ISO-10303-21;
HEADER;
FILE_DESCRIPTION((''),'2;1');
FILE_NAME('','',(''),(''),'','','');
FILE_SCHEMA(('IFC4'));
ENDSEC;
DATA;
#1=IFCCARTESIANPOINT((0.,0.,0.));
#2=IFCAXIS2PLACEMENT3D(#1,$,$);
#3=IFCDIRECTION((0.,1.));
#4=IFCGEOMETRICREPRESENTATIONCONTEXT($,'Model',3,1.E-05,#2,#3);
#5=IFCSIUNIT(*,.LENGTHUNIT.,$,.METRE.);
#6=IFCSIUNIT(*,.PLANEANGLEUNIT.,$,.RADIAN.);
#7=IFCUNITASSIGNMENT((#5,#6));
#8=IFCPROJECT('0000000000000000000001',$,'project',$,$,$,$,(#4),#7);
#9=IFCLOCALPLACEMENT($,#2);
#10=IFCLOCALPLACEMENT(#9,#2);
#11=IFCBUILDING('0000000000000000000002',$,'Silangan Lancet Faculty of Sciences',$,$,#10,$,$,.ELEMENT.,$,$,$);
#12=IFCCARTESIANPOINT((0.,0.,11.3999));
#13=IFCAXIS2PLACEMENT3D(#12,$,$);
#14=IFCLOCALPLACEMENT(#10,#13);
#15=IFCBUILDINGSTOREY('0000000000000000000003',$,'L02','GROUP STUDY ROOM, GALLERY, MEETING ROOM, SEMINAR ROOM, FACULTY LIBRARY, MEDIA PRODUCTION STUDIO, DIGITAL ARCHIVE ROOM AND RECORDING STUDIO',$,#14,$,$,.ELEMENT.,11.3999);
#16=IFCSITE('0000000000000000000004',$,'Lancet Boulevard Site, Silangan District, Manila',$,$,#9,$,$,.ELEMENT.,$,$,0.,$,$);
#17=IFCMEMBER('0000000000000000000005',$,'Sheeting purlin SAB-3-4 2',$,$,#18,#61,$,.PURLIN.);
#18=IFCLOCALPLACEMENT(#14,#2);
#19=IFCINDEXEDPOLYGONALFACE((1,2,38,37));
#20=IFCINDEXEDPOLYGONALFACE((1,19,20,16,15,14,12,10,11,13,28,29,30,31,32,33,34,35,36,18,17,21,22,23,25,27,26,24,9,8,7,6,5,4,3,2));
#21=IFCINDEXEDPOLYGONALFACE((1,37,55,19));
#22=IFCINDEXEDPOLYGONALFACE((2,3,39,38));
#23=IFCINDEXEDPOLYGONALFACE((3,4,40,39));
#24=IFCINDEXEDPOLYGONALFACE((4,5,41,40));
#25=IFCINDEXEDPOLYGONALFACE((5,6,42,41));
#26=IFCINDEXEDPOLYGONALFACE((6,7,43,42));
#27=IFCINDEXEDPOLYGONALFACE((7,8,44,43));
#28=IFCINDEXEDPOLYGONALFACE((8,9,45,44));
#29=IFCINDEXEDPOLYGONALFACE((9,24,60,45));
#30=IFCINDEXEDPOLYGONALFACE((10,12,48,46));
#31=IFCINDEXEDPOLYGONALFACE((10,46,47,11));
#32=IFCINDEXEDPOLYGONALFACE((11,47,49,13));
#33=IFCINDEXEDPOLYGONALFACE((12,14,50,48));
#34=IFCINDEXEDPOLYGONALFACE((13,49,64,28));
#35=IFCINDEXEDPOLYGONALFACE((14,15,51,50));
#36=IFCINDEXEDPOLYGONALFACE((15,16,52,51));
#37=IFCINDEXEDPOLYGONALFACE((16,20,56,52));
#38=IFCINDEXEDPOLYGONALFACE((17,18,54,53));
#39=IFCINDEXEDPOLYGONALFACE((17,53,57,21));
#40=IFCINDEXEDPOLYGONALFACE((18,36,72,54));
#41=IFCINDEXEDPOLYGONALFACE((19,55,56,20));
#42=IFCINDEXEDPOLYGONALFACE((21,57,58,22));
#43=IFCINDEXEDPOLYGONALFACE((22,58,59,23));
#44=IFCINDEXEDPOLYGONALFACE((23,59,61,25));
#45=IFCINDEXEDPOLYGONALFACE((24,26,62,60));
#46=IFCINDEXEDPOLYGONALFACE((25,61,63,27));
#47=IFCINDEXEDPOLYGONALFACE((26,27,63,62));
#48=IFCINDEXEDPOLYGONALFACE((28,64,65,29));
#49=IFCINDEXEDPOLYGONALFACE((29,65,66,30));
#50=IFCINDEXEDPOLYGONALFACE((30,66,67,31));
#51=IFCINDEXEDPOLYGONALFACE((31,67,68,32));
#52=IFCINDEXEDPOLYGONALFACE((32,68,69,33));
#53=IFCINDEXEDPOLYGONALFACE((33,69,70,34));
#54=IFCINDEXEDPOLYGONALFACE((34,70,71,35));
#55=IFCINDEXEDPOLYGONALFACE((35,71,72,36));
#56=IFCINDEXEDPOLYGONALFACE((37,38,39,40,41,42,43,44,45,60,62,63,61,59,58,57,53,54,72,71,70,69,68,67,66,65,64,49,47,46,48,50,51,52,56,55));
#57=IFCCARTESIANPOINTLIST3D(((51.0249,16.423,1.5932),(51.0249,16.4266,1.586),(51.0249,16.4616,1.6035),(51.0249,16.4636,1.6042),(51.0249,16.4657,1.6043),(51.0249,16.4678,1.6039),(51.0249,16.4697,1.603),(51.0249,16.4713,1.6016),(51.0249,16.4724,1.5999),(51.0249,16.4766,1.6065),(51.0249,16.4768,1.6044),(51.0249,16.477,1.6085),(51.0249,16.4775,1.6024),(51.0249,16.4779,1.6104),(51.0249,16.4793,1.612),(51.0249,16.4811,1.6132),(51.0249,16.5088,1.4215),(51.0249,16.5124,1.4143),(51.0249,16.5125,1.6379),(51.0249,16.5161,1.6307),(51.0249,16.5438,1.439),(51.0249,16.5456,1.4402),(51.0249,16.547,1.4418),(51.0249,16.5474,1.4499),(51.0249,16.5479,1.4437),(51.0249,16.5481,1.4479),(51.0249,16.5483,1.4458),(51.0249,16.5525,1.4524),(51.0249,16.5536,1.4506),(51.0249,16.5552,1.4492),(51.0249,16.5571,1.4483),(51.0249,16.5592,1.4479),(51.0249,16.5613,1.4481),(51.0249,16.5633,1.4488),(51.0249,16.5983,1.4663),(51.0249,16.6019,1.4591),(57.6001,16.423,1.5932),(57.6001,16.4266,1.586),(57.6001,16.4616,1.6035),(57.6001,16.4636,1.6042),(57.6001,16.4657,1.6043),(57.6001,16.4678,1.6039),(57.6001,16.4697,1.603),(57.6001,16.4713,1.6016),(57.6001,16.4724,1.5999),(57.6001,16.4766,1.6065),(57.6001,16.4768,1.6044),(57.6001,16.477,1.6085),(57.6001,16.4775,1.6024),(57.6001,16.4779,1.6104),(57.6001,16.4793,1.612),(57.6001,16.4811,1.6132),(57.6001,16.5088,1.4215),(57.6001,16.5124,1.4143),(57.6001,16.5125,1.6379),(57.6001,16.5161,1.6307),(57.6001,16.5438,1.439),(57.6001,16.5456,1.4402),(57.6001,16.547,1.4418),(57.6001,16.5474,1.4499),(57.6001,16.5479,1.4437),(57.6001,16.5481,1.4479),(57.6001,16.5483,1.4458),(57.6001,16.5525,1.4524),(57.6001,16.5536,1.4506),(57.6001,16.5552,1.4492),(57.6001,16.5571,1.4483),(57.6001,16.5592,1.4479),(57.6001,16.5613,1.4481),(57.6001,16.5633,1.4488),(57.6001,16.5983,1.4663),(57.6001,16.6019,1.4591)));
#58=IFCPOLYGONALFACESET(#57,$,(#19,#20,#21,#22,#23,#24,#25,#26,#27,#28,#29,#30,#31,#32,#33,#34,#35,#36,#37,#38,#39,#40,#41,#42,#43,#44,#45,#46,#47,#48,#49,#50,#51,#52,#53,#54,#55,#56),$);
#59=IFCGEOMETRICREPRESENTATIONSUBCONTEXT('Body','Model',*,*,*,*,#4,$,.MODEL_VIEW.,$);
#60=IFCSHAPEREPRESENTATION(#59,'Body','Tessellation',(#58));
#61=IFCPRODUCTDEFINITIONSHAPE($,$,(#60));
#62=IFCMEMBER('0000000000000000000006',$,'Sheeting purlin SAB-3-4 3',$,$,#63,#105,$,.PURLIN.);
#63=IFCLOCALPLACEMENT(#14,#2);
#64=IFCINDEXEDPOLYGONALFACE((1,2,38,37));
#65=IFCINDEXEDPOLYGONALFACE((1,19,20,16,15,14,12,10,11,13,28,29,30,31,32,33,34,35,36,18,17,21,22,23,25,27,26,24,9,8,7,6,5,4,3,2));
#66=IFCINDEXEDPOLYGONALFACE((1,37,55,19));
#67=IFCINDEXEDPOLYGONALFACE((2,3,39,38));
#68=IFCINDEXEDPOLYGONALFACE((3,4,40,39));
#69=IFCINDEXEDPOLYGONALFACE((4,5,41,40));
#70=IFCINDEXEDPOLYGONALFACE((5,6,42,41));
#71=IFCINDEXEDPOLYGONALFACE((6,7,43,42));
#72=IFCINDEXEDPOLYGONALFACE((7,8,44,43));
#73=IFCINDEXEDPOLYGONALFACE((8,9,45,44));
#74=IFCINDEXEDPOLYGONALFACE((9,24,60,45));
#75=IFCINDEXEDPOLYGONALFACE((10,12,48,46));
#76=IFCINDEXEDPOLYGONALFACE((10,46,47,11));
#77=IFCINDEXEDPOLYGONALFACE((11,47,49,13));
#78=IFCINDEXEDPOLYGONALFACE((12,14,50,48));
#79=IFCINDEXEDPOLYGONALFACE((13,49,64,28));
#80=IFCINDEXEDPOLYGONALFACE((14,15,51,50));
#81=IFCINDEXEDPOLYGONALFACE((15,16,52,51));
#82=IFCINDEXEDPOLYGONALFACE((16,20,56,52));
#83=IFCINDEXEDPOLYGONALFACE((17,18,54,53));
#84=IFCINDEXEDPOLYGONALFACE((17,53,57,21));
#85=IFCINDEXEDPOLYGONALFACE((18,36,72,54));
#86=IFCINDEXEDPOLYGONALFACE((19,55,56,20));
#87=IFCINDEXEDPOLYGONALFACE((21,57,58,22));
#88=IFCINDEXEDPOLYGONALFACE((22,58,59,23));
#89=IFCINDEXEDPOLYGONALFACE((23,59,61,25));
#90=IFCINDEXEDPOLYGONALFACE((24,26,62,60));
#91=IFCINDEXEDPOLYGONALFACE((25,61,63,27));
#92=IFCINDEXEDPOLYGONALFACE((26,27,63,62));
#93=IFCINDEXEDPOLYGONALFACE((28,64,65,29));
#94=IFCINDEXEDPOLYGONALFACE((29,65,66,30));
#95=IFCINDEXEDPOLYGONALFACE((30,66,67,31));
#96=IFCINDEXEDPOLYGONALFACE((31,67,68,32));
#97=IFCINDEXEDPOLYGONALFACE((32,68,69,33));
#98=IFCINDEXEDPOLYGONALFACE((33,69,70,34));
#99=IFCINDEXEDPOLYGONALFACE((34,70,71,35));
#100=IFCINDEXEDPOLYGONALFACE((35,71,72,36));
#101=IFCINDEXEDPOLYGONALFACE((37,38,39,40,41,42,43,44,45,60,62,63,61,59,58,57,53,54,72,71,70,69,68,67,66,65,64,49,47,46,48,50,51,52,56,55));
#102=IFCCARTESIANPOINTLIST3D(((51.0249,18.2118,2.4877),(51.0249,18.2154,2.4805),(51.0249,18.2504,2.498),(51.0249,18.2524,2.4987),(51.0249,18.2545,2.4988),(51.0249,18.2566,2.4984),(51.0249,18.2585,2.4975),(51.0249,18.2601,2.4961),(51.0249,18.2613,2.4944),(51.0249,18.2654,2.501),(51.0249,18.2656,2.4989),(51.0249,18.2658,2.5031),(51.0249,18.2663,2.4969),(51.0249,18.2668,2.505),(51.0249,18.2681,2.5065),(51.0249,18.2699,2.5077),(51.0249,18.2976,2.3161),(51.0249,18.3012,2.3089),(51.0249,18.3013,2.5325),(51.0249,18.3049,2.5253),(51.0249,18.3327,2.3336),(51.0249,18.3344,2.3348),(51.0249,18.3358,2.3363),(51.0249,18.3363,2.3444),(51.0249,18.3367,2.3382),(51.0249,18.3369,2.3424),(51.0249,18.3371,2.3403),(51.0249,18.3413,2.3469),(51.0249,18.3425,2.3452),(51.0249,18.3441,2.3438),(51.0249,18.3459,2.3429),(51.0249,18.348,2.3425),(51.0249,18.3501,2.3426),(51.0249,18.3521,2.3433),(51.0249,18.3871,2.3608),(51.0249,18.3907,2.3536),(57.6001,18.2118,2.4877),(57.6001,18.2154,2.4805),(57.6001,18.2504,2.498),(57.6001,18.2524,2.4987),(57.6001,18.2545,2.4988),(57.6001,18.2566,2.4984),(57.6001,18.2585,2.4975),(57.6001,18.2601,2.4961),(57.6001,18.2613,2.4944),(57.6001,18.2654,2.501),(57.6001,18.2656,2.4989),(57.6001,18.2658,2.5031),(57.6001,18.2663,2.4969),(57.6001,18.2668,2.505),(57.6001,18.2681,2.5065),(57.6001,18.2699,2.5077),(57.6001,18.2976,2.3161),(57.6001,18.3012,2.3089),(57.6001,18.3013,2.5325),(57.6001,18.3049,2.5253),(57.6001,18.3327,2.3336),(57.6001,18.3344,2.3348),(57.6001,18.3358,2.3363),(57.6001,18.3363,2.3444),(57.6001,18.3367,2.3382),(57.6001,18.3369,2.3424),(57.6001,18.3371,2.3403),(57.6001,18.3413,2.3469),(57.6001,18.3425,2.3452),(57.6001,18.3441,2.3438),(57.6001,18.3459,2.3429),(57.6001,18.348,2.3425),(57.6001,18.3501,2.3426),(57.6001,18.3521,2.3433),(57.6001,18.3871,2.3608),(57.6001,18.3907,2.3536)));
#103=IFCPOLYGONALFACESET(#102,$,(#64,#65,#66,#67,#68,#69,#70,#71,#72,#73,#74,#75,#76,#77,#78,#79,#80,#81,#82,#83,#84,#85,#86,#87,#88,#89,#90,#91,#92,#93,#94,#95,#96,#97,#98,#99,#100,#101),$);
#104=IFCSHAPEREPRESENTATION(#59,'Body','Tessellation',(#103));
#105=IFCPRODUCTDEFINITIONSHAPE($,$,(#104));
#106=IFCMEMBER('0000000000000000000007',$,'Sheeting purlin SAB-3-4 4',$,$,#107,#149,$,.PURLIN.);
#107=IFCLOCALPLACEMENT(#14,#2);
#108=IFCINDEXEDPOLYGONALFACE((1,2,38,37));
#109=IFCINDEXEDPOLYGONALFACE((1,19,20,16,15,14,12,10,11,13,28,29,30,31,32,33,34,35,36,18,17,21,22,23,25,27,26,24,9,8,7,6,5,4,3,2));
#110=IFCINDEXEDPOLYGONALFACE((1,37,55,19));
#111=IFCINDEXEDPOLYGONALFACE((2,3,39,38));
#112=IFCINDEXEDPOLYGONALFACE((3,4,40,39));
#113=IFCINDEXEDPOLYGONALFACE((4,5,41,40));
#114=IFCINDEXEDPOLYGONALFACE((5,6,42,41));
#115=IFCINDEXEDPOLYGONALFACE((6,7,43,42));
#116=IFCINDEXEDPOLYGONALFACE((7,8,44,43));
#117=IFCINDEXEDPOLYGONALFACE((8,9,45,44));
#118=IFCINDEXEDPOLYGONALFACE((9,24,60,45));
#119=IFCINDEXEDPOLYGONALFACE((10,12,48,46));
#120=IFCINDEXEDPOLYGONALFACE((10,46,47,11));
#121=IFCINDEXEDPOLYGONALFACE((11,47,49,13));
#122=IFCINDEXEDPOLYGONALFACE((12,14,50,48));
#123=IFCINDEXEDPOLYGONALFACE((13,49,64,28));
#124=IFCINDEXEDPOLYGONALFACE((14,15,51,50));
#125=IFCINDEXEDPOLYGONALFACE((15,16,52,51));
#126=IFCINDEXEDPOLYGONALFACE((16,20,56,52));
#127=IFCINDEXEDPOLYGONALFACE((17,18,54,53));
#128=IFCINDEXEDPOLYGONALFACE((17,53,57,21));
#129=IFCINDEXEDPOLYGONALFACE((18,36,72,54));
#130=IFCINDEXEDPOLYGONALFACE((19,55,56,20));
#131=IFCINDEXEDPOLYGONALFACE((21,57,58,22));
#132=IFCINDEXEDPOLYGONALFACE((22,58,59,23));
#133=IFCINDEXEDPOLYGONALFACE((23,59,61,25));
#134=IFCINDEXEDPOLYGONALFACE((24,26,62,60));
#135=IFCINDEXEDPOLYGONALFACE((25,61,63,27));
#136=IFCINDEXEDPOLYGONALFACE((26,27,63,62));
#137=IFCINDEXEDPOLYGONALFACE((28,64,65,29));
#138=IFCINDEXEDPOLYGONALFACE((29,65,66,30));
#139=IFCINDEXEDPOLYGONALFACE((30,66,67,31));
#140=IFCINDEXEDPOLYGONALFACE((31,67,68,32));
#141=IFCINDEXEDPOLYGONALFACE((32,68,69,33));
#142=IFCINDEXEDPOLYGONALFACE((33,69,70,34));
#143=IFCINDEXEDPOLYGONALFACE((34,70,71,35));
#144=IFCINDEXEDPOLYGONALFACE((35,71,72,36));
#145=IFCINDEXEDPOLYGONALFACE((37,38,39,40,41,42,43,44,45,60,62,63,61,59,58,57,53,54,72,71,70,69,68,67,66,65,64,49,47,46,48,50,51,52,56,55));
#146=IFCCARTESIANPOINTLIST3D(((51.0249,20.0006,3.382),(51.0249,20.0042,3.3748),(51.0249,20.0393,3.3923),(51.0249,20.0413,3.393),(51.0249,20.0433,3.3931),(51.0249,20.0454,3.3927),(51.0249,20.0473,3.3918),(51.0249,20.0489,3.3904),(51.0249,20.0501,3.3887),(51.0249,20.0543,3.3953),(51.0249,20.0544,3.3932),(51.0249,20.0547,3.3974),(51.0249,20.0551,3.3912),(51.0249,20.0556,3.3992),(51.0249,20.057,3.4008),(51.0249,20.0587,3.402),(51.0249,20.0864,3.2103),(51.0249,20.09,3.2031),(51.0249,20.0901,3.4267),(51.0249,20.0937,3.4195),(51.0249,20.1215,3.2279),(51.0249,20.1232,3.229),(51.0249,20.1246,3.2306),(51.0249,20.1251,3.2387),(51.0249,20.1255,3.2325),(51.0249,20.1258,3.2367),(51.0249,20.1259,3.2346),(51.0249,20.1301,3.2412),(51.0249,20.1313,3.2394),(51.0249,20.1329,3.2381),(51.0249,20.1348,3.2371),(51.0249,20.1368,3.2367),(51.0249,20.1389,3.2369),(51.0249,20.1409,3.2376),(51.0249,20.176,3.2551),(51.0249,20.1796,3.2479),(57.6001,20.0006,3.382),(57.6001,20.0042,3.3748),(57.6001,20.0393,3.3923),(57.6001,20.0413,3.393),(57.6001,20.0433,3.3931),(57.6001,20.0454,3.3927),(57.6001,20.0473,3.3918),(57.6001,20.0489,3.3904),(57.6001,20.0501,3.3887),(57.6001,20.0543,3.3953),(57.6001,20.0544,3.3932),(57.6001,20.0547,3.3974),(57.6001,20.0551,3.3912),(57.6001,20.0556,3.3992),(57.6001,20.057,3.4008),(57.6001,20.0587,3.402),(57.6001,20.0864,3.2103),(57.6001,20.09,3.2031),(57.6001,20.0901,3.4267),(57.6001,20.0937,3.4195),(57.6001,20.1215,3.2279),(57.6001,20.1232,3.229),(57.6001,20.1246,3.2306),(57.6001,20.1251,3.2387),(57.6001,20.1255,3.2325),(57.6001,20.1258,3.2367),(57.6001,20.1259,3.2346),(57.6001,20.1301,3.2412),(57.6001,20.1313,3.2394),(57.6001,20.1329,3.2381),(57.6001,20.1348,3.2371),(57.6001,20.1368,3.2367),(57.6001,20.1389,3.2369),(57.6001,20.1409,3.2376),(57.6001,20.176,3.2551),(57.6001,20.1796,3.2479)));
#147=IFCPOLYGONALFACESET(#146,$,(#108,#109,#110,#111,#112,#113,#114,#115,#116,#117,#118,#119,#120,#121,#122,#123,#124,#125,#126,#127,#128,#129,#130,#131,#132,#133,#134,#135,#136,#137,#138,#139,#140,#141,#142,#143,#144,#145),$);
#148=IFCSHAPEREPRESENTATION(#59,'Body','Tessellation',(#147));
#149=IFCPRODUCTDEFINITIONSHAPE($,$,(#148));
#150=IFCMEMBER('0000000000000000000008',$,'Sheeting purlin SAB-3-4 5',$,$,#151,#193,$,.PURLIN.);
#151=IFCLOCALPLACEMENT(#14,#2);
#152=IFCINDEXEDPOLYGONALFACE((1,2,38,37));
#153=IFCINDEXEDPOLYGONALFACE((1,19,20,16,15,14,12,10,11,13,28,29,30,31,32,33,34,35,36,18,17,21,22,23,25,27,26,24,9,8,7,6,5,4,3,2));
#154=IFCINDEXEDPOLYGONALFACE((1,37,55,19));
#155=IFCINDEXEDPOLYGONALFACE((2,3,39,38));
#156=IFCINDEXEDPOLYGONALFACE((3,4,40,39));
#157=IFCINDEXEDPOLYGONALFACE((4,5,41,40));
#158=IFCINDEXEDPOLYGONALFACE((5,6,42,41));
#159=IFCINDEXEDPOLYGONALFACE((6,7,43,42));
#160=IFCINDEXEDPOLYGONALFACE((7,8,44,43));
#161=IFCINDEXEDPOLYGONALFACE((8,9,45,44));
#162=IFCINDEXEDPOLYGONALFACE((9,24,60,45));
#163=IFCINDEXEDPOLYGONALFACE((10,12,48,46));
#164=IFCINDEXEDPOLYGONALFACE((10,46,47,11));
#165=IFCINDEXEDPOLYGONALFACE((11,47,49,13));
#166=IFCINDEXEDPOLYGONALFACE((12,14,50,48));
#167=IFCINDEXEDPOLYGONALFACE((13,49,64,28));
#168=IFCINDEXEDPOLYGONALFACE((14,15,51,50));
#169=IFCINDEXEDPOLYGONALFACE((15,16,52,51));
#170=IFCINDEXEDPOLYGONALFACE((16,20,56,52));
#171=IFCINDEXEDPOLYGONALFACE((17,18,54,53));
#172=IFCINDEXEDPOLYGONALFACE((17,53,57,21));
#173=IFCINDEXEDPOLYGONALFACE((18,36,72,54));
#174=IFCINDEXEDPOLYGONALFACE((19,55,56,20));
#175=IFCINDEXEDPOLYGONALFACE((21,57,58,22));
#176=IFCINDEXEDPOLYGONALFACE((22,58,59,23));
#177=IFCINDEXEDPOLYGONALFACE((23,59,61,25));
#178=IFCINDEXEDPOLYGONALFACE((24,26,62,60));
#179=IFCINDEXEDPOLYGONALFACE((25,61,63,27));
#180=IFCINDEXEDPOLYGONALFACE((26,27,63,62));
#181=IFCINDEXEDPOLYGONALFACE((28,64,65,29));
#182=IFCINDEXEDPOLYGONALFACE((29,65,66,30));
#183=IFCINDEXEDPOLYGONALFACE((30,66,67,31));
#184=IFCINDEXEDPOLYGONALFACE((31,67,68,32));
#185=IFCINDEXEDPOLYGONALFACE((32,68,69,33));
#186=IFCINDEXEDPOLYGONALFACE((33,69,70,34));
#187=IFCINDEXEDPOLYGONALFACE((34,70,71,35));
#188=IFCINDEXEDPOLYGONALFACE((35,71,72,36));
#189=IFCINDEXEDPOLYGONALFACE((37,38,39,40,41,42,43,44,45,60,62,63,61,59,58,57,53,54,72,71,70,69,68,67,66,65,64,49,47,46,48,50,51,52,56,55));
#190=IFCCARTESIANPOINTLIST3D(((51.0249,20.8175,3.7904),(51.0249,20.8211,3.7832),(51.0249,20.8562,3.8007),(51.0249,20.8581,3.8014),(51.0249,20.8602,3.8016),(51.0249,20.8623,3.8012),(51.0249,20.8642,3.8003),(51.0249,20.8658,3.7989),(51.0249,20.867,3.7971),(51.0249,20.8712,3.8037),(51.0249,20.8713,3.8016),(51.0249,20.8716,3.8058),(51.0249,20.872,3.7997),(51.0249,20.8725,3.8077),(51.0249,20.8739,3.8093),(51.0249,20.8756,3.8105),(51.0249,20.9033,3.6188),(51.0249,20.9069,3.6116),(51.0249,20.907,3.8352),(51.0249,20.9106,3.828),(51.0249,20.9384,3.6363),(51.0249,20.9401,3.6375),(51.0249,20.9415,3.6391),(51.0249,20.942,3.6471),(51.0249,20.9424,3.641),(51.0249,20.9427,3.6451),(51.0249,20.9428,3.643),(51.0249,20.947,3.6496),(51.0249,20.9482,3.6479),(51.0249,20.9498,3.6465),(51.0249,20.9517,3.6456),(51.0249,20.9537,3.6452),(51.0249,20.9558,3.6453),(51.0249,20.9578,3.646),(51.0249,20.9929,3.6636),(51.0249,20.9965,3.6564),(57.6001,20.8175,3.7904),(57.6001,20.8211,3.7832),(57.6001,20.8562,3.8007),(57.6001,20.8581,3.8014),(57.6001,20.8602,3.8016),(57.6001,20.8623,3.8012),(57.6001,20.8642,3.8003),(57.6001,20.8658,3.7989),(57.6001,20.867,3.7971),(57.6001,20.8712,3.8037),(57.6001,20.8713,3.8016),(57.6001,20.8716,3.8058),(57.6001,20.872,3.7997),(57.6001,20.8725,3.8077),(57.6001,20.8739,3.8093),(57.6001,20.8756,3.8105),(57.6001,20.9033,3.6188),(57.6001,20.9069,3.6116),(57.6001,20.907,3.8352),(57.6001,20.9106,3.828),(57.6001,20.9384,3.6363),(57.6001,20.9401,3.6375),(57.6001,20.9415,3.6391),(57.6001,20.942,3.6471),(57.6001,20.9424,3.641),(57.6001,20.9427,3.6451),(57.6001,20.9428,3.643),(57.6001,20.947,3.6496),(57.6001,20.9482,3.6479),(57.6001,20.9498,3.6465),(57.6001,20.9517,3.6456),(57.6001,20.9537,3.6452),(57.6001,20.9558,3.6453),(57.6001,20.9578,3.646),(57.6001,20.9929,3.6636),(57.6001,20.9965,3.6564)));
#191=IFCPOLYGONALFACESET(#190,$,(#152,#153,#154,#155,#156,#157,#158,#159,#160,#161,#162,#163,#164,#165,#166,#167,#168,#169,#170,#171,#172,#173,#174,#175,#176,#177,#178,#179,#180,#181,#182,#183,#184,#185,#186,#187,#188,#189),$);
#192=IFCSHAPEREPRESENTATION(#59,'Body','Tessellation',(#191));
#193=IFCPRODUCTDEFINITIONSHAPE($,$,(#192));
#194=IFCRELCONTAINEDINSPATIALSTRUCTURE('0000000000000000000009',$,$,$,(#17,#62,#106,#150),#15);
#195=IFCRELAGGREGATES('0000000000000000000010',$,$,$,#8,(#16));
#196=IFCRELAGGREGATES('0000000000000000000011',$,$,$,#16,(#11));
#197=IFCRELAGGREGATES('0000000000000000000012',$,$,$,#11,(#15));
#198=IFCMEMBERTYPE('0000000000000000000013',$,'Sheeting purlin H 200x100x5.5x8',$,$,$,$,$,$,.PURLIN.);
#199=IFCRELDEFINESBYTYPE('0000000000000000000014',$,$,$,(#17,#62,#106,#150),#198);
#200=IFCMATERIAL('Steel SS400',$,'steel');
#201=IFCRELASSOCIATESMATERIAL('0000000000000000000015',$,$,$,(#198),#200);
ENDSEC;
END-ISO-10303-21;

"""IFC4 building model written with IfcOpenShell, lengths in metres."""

from ifc_helpers import new_model, si_unit, direction, frame, origin, origin_2d, place, context, subcontext, project, spatial, i_section, extrude, material, material_profile, profile_set, type_object, element, save


model = new_model("IFC4")

# Units and contexts
model_context = context("Model", 3, precision=1e-05, world=origin(), true_north=direction((0.0, 1.0)))
body_context = subcontext(model_context, "Body", "Model", "MODEL_VIEW")
ifc_project = project(units=[si_unit("LENGTHUNIT", "METRE"), si_unit("PLANEANGLEUNIT", "RADIAN")], contexts=[model_context])

# Site, building, storey
site_placement = place(None, origin())
site = spatial("IfcSite", under=ifc_project, at=site_placement, Name="Lancet Boulevard Site, Silangan District, Manila", CompositionType="ELEMENT", RefElevation=0.0)
building_placement = place(site_placement, origin())
building = spatial("IfcBuilding", under=site, at=building_placement, Name="Silangan Lancet Faculty of Sciences", CompositionType="ELEMENT")
storey_placement = place(building_placement, frame((0.0, 0.0, 11.3999)))
storey = spatial("IfcBuildingStorey", under=building, at=storey_placement, Name="L02", Description="GROUP STUDY ROOM, GALLERY, MEETING ROOM, SEMINAR ROOM, FACULTY LIBRARY, MEDIA PRODUCTION STUDIO, DIGITAL ARCHIVE ROOM AND RECORDING STUDIO", CompositionType="ELEMENT", Elevation=11.3999)

# Members
ifc_material_1 = material(Name="Steel SS400", Category="steel")
ifc_material_profile_1 = material_profile(ifc_material_1, i_section(OverallWidth=0.1001, OverallDepth=0.2, WebThickness=0.0056, FlangeThickness=0.0081, FilletRadius=0.0081, at=origin_2d()), Name="H 200x100x5.5x8")
ifc_profile_set_1 = profile_set([ifc_material_profile_1], Name="Steel SS400")
member_type_1 = type_object("IfcMemberType", Name="Sheeting purlin H 200x100x5.5x8", PredefinedType="PURLIN", material=ifc_profile_set_1)
for number, where, z_axis, x_axis, name in (
    (1, (51.0249, 16.5125, 1.5261), (1.0, 0.0, 0.0), (0.0, 0.894427, 0.447214), "Sheeting purlin SAB-3-4 2"),
    (2, (51.0249, 18.3013, 2.4207), (1.0, 0.0, 0.0), (0.0, 0.894427, 0.447214), "Sheeting purlin SAB-3-4 3"),
    (3, (51.0249, 20.0901, 3.3149), (1.0, 0.0, 0.0), (0.0, 0.894427, 0.447214), "Sheeting purlin SAB-3-4 4"),
    (4, (51.0249, 20.907, 3.7234), (1.0, 0.0, 0.0), (0.0, 0.894427, 0.447214), "Sheeting purlin SAB-3-4 5"),
):
    element("IfcMember", number, at=place(storey_placement, frame(where, z_axis=z_axis, x_axis=x_axis)), inside=storey, type_object=member_type_1, Name=name, PredefinedType="PURLIN", context=body_context, shape_type="SweptSolid", body=[
        extrude(i_section(OverallWidth=0.1001, OverallDepth=0.2, WebThickness=0.0056, FlangeThickness=0.0081, FilletRadius=0.0081, at=origin_2d()), origin(), (0.0, 0.0, 1.0), 6.5752),
    ])

save(model, "model.ifc")
